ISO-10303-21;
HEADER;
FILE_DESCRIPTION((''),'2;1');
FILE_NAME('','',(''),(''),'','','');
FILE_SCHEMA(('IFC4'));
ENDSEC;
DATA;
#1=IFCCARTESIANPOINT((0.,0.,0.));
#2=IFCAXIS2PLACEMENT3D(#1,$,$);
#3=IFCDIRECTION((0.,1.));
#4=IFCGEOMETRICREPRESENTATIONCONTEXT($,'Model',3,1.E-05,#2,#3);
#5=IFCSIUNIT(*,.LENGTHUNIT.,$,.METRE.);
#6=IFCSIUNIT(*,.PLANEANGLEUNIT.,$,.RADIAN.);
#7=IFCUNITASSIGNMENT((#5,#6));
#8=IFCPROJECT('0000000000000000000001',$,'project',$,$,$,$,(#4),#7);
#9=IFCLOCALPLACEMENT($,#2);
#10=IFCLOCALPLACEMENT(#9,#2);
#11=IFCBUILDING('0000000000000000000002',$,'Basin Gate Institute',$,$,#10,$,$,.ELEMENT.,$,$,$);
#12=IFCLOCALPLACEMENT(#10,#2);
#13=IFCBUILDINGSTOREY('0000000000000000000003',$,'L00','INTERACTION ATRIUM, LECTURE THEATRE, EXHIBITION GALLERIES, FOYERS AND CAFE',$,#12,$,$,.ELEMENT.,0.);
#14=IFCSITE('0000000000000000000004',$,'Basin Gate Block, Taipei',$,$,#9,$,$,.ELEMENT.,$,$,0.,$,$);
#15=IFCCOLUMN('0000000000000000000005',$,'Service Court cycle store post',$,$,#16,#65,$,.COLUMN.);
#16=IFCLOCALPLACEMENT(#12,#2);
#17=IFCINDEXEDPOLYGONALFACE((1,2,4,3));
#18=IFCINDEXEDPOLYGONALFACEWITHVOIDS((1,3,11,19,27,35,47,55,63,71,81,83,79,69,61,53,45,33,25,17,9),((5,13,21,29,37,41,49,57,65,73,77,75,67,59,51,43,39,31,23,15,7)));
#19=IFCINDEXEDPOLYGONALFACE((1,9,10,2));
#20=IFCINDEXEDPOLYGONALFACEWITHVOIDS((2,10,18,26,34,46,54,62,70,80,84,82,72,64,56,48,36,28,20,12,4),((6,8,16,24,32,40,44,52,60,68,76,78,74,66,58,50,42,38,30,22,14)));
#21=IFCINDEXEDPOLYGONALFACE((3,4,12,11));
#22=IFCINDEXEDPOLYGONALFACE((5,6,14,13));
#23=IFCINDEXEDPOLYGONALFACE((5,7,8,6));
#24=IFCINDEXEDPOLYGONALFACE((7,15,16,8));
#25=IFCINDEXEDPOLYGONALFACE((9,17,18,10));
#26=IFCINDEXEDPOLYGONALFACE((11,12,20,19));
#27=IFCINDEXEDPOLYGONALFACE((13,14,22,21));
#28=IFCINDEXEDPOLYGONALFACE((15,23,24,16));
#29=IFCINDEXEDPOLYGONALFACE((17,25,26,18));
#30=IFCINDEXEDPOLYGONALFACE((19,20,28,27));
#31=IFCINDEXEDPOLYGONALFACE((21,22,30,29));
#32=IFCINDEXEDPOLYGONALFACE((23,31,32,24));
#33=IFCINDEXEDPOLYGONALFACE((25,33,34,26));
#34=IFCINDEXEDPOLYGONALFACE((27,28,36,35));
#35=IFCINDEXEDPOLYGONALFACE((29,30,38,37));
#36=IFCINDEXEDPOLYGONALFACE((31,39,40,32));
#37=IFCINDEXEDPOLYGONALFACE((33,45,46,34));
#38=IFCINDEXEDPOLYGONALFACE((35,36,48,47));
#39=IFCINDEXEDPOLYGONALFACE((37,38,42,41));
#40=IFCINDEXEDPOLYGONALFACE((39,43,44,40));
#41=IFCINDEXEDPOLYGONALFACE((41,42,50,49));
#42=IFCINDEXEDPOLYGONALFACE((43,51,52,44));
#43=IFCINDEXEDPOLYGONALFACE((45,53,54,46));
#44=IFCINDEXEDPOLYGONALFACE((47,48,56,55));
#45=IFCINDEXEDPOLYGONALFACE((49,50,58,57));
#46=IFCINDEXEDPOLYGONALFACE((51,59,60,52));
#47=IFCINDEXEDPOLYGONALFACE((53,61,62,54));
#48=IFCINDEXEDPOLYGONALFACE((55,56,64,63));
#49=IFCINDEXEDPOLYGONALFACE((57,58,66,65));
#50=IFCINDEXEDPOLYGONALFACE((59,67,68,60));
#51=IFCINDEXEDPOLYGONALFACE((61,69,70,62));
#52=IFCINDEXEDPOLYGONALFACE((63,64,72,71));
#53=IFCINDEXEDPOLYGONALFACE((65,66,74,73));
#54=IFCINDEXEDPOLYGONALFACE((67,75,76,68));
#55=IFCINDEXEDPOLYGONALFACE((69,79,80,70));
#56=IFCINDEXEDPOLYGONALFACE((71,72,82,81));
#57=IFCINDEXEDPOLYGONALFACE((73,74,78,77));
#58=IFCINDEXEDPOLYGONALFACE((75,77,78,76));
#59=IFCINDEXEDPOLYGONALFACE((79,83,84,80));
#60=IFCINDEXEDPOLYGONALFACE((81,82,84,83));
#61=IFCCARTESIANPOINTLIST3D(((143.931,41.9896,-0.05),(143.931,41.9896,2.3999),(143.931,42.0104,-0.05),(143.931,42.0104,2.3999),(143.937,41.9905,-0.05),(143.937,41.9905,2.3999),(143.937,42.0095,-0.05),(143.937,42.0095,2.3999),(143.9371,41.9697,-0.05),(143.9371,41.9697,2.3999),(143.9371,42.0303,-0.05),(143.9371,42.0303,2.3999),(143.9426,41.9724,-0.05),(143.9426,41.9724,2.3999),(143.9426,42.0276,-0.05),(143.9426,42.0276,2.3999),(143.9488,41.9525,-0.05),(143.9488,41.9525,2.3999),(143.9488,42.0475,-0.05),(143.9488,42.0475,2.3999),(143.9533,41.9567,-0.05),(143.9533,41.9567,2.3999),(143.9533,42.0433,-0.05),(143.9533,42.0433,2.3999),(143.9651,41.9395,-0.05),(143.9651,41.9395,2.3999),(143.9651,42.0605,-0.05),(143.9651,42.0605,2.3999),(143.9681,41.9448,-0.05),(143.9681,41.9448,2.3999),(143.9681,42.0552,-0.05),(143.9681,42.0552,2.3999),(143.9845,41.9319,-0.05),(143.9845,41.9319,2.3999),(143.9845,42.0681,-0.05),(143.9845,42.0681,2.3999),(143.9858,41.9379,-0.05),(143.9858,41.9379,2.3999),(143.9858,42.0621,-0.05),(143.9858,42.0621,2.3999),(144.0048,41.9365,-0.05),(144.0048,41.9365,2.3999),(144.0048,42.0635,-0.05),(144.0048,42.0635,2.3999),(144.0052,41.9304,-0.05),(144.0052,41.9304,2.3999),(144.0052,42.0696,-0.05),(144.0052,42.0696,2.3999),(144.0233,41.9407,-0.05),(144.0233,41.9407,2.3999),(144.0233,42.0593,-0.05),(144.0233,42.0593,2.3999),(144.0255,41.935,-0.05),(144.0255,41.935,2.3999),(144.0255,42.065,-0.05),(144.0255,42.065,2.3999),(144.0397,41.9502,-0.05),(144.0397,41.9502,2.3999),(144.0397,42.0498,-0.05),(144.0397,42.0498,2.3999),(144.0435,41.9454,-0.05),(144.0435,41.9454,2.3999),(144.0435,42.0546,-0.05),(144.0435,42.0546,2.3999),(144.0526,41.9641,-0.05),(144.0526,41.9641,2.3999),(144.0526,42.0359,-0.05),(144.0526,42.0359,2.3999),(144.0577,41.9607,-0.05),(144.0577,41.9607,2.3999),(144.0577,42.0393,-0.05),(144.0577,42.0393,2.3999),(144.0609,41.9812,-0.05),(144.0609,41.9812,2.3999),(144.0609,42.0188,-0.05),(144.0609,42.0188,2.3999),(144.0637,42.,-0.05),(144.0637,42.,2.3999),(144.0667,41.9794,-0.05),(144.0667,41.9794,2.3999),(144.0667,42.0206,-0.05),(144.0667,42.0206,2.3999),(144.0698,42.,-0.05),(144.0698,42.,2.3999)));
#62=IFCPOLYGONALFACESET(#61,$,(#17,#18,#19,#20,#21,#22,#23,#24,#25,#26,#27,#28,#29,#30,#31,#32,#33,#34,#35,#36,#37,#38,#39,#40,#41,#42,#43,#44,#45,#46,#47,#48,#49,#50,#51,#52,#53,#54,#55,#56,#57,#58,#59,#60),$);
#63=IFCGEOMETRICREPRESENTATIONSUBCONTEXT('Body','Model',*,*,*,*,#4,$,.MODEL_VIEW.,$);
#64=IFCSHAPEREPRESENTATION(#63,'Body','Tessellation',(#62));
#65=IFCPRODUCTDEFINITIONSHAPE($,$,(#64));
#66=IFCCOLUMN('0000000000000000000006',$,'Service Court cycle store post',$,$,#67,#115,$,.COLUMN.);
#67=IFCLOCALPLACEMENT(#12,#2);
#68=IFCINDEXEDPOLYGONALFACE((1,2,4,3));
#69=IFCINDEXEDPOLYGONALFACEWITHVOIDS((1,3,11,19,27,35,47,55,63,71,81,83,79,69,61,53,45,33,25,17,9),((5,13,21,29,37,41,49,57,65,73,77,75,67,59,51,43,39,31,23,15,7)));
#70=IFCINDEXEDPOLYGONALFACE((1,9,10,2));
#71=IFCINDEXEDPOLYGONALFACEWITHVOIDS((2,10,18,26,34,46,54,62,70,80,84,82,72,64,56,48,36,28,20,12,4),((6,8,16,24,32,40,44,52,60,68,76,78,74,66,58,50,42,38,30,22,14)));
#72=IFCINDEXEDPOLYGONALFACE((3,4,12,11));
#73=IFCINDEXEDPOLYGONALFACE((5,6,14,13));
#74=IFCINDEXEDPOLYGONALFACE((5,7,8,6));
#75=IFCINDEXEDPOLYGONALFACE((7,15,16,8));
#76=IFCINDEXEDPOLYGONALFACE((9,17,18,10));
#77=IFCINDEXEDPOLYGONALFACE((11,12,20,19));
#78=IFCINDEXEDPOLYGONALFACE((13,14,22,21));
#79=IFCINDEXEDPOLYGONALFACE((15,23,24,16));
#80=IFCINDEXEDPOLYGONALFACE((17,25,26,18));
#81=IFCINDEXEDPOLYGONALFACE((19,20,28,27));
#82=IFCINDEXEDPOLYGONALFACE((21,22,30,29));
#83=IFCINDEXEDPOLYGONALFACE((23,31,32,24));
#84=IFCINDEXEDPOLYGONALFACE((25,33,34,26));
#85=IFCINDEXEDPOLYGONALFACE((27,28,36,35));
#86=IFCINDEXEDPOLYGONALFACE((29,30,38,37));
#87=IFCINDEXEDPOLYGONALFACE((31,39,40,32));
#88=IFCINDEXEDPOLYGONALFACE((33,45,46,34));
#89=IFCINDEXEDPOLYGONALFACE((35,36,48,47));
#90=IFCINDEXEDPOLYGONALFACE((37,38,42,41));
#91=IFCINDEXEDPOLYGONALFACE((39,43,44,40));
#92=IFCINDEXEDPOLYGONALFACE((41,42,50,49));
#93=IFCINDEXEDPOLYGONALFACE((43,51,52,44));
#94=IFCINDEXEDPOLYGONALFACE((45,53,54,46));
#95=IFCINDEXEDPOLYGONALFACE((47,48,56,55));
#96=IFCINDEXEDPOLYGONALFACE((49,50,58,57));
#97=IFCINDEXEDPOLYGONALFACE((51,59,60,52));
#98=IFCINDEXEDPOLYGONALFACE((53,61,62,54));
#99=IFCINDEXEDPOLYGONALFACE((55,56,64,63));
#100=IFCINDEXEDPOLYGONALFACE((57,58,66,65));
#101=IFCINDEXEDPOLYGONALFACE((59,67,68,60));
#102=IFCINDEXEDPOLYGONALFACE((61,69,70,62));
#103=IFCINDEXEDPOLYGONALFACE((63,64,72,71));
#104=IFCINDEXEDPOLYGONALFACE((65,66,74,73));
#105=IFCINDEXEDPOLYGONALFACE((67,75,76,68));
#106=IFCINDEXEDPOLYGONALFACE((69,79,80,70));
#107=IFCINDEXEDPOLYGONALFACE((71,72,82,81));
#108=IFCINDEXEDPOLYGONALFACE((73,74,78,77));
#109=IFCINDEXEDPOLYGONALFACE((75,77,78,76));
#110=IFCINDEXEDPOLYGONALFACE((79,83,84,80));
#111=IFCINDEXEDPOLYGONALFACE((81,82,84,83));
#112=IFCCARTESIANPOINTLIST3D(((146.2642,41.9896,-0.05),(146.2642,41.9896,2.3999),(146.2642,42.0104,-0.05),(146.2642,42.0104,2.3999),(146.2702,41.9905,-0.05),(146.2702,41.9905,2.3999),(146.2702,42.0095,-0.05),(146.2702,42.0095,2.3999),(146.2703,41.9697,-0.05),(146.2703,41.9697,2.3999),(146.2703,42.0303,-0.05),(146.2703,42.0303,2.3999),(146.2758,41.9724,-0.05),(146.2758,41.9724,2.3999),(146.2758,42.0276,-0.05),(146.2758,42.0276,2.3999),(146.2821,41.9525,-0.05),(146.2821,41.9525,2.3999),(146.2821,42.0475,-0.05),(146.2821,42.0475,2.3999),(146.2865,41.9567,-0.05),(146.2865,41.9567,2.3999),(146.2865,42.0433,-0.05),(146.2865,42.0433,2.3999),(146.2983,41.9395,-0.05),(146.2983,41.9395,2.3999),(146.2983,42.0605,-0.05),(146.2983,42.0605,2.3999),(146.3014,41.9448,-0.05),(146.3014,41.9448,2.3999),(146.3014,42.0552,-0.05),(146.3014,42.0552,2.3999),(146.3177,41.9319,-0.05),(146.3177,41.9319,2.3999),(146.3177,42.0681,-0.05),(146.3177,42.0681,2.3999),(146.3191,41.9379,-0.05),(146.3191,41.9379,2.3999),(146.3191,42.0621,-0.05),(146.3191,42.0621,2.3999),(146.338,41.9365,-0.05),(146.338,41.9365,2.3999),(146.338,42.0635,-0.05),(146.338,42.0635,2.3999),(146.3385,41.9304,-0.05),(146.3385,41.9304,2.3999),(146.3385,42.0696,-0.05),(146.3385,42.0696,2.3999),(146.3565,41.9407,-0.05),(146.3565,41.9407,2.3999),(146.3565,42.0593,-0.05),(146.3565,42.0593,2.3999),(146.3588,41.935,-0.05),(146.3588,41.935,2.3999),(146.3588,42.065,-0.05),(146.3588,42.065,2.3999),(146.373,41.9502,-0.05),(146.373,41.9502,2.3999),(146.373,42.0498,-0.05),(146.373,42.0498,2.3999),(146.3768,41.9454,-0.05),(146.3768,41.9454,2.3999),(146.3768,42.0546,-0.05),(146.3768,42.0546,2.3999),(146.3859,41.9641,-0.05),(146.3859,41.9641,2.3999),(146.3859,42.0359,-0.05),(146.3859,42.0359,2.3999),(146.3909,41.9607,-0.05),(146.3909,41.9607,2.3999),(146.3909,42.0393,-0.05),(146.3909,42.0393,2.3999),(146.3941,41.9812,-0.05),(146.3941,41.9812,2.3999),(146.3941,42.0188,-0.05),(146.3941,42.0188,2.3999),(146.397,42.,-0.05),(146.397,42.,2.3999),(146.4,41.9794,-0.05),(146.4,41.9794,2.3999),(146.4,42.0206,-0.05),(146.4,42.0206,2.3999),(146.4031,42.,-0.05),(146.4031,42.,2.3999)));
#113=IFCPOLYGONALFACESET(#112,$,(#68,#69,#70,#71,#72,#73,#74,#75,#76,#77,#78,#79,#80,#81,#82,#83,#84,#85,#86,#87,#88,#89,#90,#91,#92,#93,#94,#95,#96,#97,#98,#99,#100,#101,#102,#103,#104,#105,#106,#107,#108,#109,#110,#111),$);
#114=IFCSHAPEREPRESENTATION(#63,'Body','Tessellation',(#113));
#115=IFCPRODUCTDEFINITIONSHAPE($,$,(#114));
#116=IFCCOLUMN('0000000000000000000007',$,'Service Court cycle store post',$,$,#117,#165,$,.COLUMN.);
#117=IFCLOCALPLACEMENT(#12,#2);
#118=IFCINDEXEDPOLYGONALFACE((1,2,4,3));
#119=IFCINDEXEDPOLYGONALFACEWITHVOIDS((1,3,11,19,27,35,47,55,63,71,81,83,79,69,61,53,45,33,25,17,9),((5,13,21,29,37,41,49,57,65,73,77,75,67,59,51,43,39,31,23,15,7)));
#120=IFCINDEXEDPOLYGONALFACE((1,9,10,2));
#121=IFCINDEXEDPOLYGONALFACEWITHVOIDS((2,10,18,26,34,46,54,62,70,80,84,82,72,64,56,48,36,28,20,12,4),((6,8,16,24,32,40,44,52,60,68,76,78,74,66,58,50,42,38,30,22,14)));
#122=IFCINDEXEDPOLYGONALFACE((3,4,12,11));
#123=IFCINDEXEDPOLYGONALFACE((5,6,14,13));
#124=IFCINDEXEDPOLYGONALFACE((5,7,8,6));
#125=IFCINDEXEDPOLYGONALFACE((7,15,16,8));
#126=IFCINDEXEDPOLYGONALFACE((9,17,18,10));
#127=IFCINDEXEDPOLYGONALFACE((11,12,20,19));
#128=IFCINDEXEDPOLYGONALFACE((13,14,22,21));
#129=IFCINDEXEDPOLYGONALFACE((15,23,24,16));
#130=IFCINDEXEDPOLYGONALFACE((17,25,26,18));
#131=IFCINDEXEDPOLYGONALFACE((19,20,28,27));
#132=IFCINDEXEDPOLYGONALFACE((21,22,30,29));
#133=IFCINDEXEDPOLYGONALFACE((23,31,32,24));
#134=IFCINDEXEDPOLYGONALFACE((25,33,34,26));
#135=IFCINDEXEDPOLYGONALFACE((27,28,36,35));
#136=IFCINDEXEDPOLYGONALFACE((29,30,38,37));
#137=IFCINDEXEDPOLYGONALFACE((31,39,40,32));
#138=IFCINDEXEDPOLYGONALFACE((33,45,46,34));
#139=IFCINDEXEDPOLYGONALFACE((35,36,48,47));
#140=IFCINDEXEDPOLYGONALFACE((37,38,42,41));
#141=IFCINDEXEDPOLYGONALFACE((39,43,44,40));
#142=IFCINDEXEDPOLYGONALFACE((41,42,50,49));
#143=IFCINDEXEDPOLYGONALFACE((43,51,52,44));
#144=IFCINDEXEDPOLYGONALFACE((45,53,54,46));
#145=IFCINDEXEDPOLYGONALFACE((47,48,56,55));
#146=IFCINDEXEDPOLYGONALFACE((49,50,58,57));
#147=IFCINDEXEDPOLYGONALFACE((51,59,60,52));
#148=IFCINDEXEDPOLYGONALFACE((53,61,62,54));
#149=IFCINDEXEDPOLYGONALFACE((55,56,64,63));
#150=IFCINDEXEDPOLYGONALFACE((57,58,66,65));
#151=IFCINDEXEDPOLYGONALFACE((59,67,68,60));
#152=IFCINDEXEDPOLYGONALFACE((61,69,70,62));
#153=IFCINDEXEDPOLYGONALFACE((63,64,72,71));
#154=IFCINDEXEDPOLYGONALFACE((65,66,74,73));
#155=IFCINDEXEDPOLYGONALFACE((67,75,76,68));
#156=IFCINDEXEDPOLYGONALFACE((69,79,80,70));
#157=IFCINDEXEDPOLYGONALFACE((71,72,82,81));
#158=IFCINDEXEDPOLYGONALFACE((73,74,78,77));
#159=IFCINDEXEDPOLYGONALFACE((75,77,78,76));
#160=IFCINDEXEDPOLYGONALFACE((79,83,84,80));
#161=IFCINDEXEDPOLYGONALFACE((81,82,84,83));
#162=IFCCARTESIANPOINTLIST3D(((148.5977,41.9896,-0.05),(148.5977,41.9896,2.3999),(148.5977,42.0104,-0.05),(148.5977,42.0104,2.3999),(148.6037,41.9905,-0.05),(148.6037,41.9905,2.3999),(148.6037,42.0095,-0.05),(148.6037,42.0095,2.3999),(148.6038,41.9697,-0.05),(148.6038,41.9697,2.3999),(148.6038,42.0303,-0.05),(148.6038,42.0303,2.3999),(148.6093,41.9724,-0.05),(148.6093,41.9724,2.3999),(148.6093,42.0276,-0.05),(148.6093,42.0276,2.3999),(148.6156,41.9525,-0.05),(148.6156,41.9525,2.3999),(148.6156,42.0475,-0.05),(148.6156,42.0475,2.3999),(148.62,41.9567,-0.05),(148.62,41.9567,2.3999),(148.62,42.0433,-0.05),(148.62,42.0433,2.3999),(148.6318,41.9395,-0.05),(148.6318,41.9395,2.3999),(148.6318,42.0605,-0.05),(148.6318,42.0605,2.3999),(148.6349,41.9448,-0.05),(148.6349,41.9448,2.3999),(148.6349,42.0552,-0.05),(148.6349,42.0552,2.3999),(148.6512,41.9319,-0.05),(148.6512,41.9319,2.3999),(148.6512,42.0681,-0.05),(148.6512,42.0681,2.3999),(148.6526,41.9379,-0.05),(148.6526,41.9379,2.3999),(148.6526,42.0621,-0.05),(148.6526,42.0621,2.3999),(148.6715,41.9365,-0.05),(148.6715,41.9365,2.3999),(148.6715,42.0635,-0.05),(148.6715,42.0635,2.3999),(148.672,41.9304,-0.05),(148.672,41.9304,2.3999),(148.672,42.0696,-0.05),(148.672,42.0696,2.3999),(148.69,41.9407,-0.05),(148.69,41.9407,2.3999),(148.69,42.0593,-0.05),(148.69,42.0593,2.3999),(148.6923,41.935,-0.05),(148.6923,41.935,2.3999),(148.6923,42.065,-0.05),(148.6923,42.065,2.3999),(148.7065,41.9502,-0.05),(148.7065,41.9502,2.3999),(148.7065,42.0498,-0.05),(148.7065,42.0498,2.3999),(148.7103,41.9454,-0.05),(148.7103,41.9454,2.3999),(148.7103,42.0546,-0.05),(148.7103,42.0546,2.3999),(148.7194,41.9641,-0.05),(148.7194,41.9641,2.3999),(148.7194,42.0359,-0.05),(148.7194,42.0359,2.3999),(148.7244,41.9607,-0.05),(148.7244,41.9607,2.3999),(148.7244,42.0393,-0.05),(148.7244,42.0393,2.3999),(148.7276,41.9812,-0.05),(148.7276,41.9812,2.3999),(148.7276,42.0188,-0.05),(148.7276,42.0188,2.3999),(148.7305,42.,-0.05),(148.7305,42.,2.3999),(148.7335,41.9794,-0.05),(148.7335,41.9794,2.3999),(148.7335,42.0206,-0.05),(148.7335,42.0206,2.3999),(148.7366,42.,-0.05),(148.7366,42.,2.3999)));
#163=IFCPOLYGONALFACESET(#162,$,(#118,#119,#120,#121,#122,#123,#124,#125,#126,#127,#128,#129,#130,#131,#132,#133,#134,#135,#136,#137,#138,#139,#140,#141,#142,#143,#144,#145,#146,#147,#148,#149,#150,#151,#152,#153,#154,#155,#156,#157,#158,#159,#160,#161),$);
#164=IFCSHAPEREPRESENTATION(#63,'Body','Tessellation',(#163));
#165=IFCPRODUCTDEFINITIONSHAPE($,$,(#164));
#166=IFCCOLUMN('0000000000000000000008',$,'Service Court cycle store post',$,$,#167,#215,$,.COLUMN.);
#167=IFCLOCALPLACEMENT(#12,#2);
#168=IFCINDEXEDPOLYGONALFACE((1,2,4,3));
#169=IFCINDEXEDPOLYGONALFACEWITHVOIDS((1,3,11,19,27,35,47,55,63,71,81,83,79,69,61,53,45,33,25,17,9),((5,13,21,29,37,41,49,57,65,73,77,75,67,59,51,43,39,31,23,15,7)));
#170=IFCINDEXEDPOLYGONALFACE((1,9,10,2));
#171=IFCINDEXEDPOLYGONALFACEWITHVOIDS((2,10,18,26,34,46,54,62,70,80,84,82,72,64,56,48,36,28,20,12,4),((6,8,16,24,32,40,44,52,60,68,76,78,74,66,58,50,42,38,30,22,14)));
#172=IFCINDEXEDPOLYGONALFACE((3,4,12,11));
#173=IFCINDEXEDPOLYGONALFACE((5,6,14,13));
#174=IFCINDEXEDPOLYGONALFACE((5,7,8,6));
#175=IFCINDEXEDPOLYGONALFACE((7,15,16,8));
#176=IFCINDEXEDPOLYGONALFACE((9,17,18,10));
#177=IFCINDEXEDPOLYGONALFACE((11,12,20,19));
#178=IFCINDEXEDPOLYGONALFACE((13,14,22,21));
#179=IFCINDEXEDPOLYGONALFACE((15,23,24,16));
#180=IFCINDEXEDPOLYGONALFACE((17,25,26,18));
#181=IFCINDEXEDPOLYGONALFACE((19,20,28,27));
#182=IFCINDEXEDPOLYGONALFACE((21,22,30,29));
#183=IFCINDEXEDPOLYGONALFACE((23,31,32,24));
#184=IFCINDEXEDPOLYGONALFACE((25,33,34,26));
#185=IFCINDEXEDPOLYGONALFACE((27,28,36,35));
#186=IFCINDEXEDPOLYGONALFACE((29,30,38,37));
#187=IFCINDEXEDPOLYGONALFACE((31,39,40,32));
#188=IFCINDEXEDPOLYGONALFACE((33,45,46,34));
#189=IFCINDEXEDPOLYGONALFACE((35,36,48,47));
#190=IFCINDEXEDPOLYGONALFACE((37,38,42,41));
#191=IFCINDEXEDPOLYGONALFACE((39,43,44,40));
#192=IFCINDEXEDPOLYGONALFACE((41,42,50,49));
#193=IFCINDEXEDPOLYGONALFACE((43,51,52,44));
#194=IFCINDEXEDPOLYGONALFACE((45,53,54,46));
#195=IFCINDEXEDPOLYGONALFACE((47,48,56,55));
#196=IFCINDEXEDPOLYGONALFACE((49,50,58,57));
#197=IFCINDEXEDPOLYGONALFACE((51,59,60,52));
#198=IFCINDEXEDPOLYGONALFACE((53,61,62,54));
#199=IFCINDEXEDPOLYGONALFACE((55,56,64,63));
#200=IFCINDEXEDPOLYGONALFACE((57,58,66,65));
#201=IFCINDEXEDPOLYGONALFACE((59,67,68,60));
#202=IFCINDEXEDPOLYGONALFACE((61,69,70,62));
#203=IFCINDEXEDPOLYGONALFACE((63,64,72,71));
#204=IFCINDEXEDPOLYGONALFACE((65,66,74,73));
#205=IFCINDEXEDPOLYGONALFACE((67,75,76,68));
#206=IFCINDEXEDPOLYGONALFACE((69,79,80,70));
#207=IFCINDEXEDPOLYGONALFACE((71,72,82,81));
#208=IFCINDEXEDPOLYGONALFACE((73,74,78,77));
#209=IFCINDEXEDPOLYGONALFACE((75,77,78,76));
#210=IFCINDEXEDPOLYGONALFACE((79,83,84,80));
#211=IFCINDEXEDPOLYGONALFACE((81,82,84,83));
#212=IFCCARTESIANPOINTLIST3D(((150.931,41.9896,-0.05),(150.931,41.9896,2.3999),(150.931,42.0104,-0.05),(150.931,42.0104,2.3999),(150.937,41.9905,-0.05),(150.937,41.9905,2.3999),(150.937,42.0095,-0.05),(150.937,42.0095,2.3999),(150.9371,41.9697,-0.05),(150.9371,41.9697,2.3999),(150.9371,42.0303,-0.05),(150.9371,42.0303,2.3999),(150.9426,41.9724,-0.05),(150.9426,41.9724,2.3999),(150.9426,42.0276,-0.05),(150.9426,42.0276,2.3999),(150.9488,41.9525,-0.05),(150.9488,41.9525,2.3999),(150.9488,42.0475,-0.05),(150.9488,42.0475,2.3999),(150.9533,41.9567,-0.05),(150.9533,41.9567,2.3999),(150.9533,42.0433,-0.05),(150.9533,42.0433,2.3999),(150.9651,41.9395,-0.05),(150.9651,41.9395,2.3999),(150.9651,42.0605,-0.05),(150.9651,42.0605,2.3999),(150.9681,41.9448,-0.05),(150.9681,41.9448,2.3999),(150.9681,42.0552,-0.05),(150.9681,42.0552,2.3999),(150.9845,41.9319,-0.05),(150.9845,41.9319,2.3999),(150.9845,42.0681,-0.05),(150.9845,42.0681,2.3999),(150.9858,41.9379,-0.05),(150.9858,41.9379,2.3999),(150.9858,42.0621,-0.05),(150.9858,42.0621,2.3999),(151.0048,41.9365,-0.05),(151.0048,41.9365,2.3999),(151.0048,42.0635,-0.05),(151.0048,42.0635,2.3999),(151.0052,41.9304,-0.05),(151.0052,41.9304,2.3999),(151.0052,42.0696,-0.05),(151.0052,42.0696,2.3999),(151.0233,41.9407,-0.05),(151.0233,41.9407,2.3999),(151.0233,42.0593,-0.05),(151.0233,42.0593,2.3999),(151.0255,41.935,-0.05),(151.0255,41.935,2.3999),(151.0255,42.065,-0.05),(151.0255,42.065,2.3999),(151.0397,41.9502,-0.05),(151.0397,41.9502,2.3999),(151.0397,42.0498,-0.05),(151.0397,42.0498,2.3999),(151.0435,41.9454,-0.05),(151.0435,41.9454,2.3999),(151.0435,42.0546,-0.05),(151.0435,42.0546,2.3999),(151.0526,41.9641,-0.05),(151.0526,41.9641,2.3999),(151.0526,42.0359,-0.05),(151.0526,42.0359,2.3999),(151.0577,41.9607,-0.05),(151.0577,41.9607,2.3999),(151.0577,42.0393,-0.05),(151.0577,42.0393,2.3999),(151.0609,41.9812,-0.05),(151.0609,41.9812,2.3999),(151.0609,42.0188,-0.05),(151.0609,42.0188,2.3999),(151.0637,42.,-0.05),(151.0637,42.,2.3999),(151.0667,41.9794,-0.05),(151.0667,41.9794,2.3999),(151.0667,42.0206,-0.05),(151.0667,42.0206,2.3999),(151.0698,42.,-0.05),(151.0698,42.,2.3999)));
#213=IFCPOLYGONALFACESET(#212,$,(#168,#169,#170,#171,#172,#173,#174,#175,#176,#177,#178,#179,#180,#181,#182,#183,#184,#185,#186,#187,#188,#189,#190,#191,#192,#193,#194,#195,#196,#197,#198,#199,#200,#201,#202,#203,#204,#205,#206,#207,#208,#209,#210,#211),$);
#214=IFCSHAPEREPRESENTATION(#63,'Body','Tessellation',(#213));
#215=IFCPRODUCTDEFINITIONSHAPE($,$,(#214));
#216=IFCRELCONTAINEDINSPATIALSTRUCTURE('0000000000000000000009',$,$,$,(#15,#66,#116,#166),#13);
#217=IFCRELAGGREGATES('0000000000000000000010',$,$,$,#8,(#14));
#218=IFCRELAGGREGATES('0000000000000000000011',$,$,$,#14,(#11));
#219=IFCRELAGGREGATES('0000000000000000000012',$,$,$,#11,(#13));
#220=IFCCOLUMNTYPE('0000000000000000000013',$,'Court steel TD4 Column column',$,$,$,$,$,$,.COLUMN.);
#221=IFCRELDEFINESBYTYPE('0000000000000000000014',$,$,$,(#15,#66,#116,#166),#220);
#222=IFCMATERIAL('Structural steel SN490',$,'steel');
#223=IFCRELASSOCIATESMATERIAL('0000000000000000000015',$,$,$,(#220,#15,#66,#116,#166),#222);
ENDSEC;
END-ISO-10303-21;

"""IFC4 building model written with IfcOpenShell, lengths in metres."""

from ifc_helpers import new_model, si_unit, direction, frame, origin, origin_2d, place, context, subcontext, project, spatial, hollow_circle, extrude, material, material_profile, profile_set, type_object, element, save


model = new_model("IFC4")

# Units and contexts
model_context = context("Model", 3, precision=1e-05, world=origin(), true_north=direction((0.0, 1.0)))
body_context = subcontext(model_context, "Body", "Model", "MODEL_VIEW")
ifc_project = project(units=[si_unit("LENGTHUNIT", "METRE"), si_unit("PLANEANGLEUNIT", "RADIAN")], contexts=[model_context])

# Site, building, storey
site_placement = place(None, origin())
site = spatial("IfcSite", under=ifc_project, at=site_placement, Name="Basin Gate Block, Taipei", CompositionType="ELEMENT", RefElevation=0.0)
building_placement = place(site_placement, origin())
building = spatial("IfcBuilding", under=site, at=building_placement, Name="Basin Gate Institute", CompositionType="ELEMENT")
storey_placement = place(building_placement, origin())
storey = spatial("IfcBuildingStorey", under=building, at=storey_placement, Name="L00", Description="INTERACTION ATRIUM, LECTURE THEATRE, EXHIBITION GALLERIES, FOYERS AND CAFE", CompositionType="ELEMENT", Elevation=0.0)

# Columns
ifc_material_1 = material(Name="Structural steel SN490", Category="steel")
ifc_material_profile = material_profile(ifc_material_1, hollow_circle(Radius=0.0698, WallThickness=0.0061, at=origin_2d()), Name="CHS139x6")
ifc_profile_set = profile_set([ifc_material_profile], Name="Structural steel SN490")
column_type = type_object("IfcColumnType", Name="Court steel TD4 Column column", PredefinedType="COLUMN", material=ifc_profile_set)
for number, where, z_axis, x_axis, name in (
    (1, (144.0, 42.0, -0.05), (0.0, 0.0, 1.0), (1.0, 0.0, 0.0), "Service Court cycle store post"),
    (2, (146.3333, 42.0, -0.05), (0.0, 0.0, 1.0), (1.0, 0.0, 0.0), "Service Court cycle store post"),
    (3, (148.6667, 42.0, -0.05), (0.0, 0.0, 1.0), (1.0, 0.0, 0.0), "Service Court cycle store post"),
    (4, (151.0, 42.0, -0.05), (0.0, 0.0, 1.0), (1.0, 0.0, 0.0), "Service Court cycle store post"),
):
    element("IfcColumn", number, at=place(storey_placement, frame(where, z_axis=z_axis, x_axis=x_axis)), inside=storey, type_object=column_type, material=ifc_profile_set, Name=name, PredefinedType="COLUMN", context=body_context, shape_type="SweptSolid", body=[
        extrude(hollow_circle(Radius=0.0698, WallThickness=0.0061, at=origin_2d()), origin(), (0.0, 0.0, 1.0), 2.45),
    ])

save(model, "model.ifc")
